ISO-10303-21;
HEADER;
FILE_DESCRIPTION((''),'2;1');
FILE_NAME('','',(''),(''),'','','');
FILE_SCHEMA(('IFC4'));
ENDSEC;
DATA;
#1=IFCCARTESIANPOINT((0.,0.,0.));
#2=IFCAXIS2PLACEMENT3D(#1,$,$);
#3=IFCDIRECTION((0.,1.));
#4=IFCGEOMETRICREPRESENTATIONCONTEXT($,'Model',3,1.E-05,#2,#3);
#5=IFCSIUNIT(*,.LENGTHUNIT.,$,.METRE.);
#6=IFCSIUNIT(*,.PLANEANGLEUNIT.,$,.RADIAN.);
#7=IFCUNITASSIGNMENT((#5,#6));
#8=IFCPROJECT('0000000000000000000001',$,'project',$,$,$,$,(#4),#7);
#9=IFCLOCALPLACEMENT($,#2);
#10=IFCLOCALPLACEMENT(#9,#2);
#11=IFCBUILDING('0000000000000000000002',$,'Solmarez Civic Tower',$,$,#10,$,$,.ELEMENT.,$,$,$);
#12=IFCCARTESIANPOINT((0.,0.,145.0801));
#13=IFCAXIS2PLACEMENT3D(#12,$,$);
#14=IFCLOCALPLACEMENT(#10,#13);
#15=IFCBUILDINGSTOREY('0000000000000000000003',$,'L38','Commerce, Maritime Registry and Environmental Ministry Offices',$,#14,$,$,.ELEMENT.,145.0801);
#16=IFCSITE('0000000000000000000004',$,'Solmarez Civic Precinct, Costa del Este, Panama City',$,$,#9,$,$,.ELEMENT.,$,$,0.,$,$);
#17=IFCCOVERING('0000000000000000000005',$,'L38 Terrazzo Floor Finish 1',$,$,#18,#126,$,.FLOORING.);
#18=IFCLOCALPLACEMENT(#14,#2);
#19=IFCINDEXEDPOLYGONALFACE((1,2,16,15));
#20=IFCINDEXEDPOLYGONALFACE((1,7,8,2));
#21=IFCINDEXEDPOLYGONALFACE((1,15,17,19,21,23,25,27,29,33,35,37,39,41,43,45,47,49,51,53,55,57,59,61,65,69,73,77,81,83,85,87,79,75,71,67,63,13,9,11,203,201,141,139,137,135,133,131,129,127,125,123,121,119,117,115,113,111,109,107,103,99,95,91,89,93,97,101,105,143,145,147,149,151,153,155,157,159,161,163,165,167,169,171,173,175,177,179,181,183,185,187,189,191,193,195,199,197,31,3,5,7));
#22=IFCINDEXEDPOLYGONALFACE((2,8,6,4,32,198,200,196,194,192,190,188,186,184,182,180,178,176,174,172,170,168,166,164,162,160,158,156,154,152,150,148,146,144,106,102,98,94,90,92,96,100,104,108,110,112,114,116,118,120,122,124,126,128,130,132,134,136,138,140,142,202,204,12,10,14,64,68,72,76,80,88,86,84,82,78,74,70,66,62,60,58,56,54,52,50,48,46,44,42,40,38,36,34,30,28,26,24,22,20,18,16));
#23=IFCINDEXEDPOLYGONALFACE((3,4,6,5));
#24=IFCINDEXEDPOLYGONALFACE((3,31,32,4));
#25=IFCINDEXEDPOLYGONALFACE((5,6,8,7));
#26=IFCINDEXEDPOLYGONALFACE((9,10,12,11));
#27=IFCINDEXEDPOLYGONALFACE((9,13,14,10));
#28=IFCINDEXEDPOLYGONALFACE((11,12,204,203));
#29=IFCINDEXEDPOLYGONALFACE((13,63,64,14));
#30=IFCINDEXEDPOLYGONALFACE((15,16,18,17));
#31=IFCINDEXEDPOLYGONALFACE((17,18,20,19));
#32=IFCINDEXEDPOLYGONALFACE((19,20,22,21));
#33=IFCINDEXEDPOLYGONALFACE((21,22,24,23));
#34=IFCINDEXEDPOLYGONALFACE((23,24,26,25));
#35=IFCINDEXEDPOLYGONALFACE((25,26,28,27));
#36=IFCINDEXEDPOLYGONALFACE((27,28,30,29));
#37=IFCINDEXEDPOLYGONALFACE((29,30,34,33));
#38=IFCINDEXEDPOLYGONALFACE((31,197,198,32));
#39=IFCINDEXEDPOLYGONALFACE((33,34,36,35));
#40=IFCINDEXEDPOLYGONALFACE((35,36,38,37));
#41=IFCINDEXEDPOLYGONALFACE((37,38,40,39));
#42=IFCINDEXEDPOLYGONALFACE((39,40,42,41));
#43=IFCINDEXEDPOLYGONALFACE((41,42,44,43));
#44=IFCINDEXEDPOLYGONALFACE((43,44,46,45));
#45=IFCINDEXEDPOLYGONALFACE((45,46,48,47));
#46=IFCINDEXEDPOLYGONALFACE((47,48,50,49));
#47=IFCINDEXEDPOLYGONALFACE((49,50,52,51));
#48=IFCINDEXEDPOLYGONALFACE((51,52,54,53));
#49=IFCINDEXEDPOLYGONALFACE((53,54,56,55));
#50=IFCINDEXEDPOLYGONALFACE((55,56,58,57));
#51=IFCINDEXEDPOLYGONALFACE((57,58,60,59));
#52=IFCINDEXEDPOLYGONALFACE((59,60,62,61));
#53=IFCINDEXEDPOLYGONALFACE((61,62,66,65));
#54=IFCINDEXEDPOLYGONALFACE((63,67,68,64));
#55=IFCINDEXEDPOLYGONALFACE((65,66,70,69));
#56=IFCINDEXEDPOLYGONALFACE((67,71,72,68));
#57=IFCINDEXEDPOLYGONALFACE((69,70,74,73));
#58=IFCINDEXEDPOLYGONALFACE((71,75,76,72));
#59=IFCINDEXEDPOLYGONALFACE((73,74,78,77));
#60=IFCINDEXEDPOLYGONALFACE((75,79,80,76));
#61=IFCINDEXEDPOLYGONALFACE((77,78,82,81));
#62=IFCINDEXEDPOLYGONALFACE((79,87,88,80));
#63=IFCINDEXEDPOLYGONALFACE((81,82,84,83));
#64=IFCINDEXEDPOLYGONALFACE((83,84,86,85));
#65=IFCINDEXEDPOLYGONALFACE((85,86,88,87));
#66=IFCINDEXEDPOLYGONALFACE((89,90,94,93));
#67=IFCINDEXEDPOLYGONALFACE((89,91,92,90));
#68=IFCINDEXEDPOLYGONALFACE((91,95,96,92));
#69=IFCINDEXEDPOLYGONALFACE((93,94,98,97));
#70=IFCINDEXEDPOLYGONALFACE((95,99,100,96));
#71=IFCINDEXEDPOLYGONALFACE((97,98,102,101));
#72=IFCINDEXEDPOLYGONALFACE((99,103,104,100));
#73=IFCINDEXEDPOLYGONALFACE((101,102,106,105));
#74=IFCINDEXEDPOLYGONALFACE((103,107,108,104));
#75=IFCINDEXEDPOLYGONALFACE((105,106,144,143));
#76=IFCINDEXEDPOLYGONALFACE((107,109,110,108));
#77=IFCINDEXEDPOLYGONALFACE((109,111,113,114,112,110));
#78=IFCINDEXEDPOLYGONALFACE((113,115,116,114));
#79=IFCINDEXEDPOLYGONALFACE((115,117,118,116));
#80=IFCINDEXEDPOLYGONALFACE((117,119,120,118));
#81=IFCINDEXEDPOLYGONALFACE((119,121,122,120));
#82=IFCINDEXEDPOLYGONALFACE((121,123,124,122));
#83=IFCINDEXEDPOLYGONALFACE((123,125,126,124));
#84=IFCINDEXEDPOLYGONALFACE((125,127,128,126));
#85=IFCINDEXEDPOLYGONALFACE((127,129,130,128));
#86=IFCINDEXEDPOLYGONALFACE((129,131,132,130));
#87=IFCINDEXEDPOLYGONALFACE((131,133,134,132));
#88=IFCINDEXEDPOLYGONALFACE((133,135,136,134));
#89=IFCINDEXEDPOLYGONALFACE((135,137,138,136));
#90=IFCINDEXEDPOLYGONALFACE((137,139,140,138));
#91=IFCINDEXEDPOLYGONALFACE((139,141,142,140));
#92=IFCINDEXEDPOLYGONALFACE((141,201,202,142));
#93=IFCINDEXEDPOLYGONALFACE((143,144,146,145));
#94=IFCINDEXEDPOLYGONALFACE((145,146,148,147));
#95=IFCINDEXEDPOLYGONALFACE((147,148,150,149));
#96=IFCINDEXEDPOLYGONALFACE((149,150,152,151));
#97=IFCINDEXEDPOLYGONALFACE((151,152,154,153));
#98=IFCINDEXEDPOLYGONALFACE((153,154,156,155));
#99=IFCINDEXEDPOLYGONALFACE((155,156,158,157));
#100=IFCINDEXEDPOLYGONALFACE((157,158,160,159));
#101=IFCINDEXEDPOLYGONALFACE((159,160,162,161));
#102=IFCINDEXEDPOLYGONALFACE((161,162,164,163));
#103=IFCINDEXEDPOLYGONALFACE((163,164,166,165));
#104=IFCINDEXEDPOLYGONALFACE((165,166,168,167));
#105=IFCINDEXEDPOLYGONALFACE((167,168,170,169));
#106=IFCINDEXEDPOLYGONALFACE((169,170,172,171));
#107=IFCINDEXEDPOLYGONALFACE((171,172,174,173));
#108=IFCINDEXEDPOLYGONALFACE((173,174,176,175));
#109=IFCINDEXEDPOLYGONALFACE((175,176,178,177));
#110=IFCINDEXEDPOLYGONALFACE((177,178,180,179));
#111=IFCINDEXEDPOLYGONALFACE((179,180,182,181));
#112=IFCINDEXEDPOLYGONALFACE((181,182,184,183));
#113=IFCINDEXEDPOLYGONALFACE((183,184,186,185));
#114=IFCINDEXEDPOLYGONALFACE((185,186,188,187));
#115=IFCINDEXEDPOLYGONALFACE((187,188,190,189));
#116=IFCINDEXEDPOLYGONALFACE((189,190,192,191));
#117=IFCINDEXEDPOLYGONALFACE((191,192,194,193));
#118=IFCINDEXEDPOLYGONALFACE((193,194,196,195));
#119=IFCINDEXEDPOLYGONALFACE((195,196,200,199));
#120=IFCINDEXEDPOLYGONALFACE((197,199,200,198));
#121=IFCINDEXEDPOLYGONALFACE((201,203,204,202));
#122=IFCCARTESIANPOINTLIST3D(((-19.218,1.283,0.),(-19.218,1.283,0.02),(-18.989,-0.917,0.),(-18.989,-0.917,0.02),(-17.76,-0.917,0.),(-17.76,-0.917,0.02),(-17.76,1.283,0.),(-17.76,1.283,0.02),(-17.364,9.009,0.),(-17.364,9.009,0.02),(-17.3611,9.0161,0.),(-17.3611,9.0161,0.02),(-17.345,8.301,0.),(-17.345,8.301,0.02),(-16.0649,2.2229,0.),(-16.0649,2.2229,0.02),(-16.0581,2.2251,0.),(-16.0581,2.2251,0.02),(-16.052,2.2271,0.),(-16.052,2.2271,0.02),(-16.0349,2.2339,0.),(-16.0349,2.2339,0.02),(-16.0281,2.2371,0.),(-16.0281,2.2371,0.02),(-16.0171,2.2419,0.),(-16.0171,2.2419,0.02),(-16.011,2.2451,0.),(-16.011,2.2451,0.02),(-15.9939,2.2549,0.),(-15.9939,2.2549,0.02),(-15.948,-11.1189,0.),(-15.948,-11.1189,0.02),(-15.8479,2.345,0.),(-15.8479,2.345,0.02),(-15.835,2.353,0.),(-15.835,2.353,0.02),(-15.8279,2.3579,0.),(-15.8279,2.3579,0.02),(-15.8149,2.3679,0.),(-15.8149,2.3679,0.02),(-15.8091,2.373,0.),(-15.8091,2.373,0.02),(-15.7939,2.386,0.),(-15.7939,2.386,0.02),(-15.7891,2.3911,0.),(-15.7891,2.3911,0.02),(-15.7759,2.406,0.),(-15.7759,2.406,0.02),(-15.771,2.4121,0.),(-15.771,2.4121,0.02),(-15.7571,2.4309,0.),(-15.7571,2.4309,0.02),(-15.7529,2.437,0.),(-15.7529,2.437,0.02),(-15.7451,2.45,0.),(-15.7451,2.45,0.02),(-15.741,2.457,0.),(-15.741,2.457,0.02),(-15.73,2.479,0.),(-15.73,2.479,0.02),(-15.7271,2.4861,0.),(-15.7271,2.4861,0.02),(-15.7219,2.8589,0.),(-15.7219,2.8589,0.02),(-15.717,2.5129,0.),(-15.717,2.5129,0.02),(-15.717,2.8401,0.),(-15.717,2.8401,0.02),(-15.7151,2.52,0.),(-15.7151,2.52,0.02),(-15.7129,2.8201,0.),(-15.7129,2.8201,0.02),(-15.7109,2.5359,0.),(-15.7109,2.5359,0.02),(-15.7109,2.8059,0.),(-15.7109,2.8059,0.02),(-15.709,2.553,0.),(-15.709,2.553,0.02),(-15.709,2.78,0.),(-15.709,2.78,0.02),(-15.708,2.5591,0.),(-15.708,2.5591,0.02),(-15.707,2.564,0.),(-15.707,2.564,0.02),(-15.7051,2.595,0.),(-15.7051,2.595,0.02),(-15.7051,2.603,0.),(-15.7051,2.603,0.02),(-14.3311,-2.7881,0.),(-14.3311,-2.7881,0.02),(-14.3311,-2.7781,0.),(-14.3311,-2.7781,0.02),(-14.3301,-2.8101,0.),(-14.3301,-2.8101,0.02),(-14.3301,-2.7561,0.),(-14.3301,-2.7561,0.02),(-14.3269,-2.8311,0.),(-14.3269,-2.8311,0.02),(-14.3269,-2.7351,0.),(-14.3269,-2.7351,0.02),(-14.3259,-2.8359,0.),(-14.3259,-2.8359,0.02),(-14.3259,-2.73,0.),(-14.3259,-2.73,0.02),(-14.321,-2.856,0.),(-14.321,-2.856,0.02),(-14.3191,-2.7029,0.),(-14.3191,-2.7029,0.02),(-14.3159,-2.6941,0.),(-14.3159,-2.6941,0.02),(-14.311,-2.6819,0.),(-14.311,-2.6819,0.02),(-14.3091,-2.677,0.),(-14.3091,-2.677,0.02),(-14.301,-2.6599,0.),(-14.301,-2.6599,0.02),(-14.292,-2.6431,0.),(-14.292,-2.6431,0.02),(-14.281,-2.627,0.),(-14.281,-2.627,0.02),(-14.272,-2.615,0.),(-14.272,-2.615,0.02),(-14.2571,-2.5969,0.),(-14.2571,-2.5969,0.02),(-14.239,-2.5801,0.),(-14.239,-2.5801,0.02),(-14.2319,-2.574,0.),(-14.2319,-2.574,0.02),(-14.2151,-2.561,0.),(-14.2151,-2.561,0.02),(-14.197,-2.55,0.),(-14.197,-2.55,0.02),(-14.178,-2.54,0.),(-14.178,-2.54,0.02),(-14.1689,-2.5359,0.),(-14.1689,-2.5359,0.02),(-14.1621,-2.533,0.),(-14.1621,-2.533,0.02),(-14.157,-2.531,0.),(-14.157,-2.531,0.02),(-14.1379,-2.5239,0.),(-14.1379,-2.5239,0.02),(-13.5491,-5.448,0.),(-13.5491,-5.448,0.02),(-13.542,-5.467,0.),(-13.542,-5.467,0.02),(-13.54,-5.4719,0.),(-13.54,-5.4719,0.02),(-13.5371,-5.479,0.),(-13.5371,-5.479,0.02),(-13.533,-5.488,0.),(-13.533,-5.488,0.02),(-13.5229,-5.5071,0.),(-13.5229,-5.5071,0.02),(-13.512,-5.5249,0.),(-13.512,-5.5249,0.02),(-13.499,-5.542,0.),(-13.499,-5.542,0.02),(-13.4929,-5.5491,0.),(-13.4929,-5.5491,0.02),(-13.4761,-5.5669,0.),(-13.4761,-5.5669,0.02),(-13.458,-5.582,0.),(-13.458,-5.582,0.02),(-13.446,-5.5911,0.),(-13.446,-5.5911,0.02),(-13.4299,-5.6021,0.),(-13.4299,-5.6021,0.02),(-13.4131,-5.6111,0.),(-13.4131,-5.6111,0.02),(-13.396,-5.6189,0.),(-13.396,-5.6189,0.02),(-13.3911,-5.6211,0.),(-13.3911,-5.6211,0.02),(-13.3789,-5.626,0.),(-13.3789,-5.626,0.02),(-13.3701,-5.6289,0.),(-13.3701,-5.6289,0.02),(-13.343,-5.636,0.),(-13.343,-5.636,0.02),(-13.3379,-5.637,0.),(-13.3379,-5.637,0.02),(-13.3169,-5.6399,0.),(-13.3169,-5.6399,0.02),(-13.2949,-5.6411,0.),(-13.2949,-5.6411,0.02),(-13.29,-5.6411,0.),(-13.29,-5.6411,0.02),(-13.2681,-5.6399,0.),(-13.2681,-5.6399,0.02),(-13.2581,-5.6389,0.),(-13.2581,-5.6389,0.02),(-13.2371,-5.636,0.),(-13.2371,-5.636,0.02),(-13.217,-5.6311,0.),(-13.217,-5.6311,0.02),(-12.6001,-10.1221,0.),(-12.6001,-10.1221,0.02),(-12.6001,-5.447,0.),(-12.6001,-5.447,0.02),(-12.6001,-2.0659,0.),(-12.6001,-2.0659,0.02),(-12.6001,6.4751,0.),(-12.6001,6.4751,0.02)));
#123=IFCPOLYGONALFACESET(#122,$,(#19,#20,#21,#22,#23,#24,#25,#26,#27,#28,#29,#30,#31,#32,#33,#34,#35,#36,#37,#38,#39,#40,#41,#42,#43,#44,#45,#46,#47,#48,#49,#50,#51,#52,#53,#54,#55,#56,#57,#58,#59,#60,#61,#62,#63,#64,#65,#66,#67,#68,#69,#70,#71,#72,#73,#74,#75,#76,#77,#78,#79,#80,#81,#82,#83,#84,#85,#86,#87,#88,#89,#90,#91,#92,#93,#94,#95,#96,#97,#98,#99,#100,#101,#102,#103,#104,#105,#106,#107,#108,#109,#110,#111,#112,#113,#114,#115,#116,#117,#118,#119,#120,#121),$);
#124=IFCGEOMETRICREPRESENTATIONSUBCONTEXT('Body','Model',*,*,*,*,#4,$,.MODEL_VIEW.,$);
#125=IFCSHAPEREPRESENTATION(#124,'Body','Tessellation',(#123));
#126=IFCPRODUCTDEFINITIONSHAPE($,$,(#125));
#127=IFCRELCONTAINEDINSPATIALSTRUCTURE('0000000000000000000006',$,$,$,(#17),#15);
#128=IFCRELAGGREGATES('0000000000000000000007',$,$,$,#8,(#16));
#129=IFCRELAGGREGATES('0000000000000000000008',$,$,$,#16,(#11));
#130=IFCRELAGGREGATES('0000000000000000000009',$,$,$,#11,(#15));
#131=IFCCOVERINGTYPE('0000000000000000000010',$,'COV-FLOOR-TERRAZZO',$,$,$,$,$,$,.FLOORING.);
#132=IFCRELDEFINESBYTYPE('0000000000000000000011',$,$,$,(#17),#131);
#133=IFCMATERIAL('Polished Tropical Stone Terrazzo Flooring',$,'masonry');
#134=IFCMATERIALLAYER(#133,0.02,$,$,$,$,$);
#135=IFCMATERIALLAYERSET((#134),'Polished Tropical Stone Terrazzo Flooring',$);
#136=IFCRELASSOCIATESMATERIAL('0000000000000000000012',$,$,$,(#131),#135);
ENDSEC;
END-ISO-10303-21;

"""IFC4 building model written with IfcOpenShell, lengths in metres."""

from ifc_helpers import new_model, si_unit, direction, frame, origin, place, context, subcontext, project, spatial, polyline, outline, extrude, material, layer, layer_set, type_object, element, save


model = new_model("IFC4")

# Units and contexts
model_context = context("Model", 3, precision=1e-05, world=origin(), true_north=direction((0.0, 1.0)))
body_context = subcontext(model_context, "Body", "Model", "MODEL_VIEW")
ifc_project = project(units=[si_unit("LENGTHUNIT", "METRE"), si_unit("PLANEANGLEUNIT", "RADIAN")], contexts=[model_context])

# Site, building, storey
site_placement = place(None, origin())
site = spatial("IfcSite", under=ifc_project, at=site_placement, Name="Solmarez Civic Precinct, Costa del Este, Panama City", CompositionType="ELEMENT", RefElevation=0.0)
building_placement = place(site_placement, origin())
building = spatial("IfcBuilding", under=site, at=building_placement, Name="Solmarez Civic Tower", CompositionType="ELEMENT")
storey_placement = place(building_placement, frame((0.0, 0.0, 145.0801)))
storey = spatial("IfcBuildingStorey", under=building, at=storey_placement, Name="L38", Description="Commerce, Maritime Registry and Environmental Ministry Offices", CompositionType="ELEMENT", Elevation=145.0801)

# Covering
ifc_material_1 = material(Name="Polished Tropical Stone Terrazzo Flooring", Category="masonry")
ifc_layer_1 = layer(ifc_material_1, 0.02)
ifc_layer_set_1 = layer_set([ifc_layer_1], Name="Polished Tropical Stone Terrazzo Flooring")
covering_type_1 = type_object("IfcCoveringType", Name="COV-FLOOR-TERRAZZO", PredefinedType="FLOORING", material=ifc_layer_set_1)
covering_1_placement = place(storey_placement, origin())
element("IfcCovering", 1, at=covering_1_placement, inside=storey, type_object=covering_type_1, Name="L38 Terrazzo Floor Finish 1", PredefinedType="FLOORING", context=body_context, shape_type="SweptSolid", body=[
    extrude(outline(polyline([(-15.948, -11.1189), (-12.6001, -10.1221), (-12.6001, -5.447), (-13.217, -5.6311), (-13.2371, -5.636), (-13.2581, -5.6389), (-13.2681, -5.6399), (-13.29, -5.6411), (-13.2949, -5.6411), (-13.3169, -5.6399), (-13.3379, -5.637), (-13.343, -5.636), (-13.3701, -5.6289), (-13.3789, -5.626), (-13.3911, -5.6211), (-13.396, -5.6189), (-13.4131, -5.6111), (-13.4299, -5.6021), (-13.446, -5.5911), (-13.458, -5.582), (-13.4761, -5.5669), (-13.4929, -5.5491), (-13.499, -5.542), (-13.512, -5.5249), (-13.5229, -5.5071), (-13.533, -5.488), (-13.5371, -5.479), (-13.54, -5.4719), (-13.542, -5.467), (-13.5491, -5.448), (-14.321, -2.856), (-14.3259, -2.8359), (-14.3269, -2.8311), (-14.3301, -2.8101), (-14.3311, -2.7881), (-14.3311, -2.7781), (-14.3301, -2.7561), (-14.3269, -2.7351), (-14.3259, -2.73), (-14.3191, -2.7029), (-14.3159, -2.6941), (-14.311, -2.6819), (-14.3091, -2.677), (-14.301, -2.6599), (-14.292, -2.6431), (-14.281, -2.627), (-14.272, -2.615), (-14.2571, -2.5969), (-14.239, -2.5801), (-14.2319, -2.574), (-14.2151, -2.561), (-14.197, -2.55), (-14.178, -2.54), (-14.1689, -2.5359), (-14.1621, -2.533), (-14.157, -2.531), (-14.1379, -2.5239), (-12.6001, -2.0659), (-12.6001, 6.4751), (-17.3611, 9.0161), (-17.364, 9.009), (-17.345, 8.301), (-15.7219, 2.8589), (-15.717, 2.8401), (-15.7129, 2.8201), (-15.7109, 2.8059), (-15.709, 2.78), (-15.7051, 2.603), (-15.7051, 2.595), (-15.707, 2.564), (-15.708, 2.5591), (-15.709, 2.553), (-15.7109, 2.5359), (-15.7151, 2.52), (-15.717, 2.5129), (-15.7271, 2.4861), (-15.73, 2.479), (-15.741, 2.457), (-15.7451, 2.45), (-15.7529, 2.437), (-15.7571, 2.4309), (-15.771, 2.4121), (-15.7759, 2.406), (-15.7891, 2.3911), (-15.7939, 2.386), (-15.8091, 2.373), (-15.8149, 2.3679), (-15.8279, 2.3579), (-15.835, 2.353), (-15.8479, 2.345), (-15.9939, 2.2549), (-16.011, 2.2451), (-16.0171, 2.2419), (-16.0281, 2.2371), (-16.0349, 2.2339), (-16.052, 2.2271), (-16.0581, 2.2251), (-16.0649, 2.2229), (-19.218, 1.283), (-17.76, 1.283), (-17.76, -0.917), (-18.989, -0.917), (-15.948, -11.1189)])), origin(), (0.0, 0.0, 1.0), 0.02),
])

save(model, "model.ifc")
